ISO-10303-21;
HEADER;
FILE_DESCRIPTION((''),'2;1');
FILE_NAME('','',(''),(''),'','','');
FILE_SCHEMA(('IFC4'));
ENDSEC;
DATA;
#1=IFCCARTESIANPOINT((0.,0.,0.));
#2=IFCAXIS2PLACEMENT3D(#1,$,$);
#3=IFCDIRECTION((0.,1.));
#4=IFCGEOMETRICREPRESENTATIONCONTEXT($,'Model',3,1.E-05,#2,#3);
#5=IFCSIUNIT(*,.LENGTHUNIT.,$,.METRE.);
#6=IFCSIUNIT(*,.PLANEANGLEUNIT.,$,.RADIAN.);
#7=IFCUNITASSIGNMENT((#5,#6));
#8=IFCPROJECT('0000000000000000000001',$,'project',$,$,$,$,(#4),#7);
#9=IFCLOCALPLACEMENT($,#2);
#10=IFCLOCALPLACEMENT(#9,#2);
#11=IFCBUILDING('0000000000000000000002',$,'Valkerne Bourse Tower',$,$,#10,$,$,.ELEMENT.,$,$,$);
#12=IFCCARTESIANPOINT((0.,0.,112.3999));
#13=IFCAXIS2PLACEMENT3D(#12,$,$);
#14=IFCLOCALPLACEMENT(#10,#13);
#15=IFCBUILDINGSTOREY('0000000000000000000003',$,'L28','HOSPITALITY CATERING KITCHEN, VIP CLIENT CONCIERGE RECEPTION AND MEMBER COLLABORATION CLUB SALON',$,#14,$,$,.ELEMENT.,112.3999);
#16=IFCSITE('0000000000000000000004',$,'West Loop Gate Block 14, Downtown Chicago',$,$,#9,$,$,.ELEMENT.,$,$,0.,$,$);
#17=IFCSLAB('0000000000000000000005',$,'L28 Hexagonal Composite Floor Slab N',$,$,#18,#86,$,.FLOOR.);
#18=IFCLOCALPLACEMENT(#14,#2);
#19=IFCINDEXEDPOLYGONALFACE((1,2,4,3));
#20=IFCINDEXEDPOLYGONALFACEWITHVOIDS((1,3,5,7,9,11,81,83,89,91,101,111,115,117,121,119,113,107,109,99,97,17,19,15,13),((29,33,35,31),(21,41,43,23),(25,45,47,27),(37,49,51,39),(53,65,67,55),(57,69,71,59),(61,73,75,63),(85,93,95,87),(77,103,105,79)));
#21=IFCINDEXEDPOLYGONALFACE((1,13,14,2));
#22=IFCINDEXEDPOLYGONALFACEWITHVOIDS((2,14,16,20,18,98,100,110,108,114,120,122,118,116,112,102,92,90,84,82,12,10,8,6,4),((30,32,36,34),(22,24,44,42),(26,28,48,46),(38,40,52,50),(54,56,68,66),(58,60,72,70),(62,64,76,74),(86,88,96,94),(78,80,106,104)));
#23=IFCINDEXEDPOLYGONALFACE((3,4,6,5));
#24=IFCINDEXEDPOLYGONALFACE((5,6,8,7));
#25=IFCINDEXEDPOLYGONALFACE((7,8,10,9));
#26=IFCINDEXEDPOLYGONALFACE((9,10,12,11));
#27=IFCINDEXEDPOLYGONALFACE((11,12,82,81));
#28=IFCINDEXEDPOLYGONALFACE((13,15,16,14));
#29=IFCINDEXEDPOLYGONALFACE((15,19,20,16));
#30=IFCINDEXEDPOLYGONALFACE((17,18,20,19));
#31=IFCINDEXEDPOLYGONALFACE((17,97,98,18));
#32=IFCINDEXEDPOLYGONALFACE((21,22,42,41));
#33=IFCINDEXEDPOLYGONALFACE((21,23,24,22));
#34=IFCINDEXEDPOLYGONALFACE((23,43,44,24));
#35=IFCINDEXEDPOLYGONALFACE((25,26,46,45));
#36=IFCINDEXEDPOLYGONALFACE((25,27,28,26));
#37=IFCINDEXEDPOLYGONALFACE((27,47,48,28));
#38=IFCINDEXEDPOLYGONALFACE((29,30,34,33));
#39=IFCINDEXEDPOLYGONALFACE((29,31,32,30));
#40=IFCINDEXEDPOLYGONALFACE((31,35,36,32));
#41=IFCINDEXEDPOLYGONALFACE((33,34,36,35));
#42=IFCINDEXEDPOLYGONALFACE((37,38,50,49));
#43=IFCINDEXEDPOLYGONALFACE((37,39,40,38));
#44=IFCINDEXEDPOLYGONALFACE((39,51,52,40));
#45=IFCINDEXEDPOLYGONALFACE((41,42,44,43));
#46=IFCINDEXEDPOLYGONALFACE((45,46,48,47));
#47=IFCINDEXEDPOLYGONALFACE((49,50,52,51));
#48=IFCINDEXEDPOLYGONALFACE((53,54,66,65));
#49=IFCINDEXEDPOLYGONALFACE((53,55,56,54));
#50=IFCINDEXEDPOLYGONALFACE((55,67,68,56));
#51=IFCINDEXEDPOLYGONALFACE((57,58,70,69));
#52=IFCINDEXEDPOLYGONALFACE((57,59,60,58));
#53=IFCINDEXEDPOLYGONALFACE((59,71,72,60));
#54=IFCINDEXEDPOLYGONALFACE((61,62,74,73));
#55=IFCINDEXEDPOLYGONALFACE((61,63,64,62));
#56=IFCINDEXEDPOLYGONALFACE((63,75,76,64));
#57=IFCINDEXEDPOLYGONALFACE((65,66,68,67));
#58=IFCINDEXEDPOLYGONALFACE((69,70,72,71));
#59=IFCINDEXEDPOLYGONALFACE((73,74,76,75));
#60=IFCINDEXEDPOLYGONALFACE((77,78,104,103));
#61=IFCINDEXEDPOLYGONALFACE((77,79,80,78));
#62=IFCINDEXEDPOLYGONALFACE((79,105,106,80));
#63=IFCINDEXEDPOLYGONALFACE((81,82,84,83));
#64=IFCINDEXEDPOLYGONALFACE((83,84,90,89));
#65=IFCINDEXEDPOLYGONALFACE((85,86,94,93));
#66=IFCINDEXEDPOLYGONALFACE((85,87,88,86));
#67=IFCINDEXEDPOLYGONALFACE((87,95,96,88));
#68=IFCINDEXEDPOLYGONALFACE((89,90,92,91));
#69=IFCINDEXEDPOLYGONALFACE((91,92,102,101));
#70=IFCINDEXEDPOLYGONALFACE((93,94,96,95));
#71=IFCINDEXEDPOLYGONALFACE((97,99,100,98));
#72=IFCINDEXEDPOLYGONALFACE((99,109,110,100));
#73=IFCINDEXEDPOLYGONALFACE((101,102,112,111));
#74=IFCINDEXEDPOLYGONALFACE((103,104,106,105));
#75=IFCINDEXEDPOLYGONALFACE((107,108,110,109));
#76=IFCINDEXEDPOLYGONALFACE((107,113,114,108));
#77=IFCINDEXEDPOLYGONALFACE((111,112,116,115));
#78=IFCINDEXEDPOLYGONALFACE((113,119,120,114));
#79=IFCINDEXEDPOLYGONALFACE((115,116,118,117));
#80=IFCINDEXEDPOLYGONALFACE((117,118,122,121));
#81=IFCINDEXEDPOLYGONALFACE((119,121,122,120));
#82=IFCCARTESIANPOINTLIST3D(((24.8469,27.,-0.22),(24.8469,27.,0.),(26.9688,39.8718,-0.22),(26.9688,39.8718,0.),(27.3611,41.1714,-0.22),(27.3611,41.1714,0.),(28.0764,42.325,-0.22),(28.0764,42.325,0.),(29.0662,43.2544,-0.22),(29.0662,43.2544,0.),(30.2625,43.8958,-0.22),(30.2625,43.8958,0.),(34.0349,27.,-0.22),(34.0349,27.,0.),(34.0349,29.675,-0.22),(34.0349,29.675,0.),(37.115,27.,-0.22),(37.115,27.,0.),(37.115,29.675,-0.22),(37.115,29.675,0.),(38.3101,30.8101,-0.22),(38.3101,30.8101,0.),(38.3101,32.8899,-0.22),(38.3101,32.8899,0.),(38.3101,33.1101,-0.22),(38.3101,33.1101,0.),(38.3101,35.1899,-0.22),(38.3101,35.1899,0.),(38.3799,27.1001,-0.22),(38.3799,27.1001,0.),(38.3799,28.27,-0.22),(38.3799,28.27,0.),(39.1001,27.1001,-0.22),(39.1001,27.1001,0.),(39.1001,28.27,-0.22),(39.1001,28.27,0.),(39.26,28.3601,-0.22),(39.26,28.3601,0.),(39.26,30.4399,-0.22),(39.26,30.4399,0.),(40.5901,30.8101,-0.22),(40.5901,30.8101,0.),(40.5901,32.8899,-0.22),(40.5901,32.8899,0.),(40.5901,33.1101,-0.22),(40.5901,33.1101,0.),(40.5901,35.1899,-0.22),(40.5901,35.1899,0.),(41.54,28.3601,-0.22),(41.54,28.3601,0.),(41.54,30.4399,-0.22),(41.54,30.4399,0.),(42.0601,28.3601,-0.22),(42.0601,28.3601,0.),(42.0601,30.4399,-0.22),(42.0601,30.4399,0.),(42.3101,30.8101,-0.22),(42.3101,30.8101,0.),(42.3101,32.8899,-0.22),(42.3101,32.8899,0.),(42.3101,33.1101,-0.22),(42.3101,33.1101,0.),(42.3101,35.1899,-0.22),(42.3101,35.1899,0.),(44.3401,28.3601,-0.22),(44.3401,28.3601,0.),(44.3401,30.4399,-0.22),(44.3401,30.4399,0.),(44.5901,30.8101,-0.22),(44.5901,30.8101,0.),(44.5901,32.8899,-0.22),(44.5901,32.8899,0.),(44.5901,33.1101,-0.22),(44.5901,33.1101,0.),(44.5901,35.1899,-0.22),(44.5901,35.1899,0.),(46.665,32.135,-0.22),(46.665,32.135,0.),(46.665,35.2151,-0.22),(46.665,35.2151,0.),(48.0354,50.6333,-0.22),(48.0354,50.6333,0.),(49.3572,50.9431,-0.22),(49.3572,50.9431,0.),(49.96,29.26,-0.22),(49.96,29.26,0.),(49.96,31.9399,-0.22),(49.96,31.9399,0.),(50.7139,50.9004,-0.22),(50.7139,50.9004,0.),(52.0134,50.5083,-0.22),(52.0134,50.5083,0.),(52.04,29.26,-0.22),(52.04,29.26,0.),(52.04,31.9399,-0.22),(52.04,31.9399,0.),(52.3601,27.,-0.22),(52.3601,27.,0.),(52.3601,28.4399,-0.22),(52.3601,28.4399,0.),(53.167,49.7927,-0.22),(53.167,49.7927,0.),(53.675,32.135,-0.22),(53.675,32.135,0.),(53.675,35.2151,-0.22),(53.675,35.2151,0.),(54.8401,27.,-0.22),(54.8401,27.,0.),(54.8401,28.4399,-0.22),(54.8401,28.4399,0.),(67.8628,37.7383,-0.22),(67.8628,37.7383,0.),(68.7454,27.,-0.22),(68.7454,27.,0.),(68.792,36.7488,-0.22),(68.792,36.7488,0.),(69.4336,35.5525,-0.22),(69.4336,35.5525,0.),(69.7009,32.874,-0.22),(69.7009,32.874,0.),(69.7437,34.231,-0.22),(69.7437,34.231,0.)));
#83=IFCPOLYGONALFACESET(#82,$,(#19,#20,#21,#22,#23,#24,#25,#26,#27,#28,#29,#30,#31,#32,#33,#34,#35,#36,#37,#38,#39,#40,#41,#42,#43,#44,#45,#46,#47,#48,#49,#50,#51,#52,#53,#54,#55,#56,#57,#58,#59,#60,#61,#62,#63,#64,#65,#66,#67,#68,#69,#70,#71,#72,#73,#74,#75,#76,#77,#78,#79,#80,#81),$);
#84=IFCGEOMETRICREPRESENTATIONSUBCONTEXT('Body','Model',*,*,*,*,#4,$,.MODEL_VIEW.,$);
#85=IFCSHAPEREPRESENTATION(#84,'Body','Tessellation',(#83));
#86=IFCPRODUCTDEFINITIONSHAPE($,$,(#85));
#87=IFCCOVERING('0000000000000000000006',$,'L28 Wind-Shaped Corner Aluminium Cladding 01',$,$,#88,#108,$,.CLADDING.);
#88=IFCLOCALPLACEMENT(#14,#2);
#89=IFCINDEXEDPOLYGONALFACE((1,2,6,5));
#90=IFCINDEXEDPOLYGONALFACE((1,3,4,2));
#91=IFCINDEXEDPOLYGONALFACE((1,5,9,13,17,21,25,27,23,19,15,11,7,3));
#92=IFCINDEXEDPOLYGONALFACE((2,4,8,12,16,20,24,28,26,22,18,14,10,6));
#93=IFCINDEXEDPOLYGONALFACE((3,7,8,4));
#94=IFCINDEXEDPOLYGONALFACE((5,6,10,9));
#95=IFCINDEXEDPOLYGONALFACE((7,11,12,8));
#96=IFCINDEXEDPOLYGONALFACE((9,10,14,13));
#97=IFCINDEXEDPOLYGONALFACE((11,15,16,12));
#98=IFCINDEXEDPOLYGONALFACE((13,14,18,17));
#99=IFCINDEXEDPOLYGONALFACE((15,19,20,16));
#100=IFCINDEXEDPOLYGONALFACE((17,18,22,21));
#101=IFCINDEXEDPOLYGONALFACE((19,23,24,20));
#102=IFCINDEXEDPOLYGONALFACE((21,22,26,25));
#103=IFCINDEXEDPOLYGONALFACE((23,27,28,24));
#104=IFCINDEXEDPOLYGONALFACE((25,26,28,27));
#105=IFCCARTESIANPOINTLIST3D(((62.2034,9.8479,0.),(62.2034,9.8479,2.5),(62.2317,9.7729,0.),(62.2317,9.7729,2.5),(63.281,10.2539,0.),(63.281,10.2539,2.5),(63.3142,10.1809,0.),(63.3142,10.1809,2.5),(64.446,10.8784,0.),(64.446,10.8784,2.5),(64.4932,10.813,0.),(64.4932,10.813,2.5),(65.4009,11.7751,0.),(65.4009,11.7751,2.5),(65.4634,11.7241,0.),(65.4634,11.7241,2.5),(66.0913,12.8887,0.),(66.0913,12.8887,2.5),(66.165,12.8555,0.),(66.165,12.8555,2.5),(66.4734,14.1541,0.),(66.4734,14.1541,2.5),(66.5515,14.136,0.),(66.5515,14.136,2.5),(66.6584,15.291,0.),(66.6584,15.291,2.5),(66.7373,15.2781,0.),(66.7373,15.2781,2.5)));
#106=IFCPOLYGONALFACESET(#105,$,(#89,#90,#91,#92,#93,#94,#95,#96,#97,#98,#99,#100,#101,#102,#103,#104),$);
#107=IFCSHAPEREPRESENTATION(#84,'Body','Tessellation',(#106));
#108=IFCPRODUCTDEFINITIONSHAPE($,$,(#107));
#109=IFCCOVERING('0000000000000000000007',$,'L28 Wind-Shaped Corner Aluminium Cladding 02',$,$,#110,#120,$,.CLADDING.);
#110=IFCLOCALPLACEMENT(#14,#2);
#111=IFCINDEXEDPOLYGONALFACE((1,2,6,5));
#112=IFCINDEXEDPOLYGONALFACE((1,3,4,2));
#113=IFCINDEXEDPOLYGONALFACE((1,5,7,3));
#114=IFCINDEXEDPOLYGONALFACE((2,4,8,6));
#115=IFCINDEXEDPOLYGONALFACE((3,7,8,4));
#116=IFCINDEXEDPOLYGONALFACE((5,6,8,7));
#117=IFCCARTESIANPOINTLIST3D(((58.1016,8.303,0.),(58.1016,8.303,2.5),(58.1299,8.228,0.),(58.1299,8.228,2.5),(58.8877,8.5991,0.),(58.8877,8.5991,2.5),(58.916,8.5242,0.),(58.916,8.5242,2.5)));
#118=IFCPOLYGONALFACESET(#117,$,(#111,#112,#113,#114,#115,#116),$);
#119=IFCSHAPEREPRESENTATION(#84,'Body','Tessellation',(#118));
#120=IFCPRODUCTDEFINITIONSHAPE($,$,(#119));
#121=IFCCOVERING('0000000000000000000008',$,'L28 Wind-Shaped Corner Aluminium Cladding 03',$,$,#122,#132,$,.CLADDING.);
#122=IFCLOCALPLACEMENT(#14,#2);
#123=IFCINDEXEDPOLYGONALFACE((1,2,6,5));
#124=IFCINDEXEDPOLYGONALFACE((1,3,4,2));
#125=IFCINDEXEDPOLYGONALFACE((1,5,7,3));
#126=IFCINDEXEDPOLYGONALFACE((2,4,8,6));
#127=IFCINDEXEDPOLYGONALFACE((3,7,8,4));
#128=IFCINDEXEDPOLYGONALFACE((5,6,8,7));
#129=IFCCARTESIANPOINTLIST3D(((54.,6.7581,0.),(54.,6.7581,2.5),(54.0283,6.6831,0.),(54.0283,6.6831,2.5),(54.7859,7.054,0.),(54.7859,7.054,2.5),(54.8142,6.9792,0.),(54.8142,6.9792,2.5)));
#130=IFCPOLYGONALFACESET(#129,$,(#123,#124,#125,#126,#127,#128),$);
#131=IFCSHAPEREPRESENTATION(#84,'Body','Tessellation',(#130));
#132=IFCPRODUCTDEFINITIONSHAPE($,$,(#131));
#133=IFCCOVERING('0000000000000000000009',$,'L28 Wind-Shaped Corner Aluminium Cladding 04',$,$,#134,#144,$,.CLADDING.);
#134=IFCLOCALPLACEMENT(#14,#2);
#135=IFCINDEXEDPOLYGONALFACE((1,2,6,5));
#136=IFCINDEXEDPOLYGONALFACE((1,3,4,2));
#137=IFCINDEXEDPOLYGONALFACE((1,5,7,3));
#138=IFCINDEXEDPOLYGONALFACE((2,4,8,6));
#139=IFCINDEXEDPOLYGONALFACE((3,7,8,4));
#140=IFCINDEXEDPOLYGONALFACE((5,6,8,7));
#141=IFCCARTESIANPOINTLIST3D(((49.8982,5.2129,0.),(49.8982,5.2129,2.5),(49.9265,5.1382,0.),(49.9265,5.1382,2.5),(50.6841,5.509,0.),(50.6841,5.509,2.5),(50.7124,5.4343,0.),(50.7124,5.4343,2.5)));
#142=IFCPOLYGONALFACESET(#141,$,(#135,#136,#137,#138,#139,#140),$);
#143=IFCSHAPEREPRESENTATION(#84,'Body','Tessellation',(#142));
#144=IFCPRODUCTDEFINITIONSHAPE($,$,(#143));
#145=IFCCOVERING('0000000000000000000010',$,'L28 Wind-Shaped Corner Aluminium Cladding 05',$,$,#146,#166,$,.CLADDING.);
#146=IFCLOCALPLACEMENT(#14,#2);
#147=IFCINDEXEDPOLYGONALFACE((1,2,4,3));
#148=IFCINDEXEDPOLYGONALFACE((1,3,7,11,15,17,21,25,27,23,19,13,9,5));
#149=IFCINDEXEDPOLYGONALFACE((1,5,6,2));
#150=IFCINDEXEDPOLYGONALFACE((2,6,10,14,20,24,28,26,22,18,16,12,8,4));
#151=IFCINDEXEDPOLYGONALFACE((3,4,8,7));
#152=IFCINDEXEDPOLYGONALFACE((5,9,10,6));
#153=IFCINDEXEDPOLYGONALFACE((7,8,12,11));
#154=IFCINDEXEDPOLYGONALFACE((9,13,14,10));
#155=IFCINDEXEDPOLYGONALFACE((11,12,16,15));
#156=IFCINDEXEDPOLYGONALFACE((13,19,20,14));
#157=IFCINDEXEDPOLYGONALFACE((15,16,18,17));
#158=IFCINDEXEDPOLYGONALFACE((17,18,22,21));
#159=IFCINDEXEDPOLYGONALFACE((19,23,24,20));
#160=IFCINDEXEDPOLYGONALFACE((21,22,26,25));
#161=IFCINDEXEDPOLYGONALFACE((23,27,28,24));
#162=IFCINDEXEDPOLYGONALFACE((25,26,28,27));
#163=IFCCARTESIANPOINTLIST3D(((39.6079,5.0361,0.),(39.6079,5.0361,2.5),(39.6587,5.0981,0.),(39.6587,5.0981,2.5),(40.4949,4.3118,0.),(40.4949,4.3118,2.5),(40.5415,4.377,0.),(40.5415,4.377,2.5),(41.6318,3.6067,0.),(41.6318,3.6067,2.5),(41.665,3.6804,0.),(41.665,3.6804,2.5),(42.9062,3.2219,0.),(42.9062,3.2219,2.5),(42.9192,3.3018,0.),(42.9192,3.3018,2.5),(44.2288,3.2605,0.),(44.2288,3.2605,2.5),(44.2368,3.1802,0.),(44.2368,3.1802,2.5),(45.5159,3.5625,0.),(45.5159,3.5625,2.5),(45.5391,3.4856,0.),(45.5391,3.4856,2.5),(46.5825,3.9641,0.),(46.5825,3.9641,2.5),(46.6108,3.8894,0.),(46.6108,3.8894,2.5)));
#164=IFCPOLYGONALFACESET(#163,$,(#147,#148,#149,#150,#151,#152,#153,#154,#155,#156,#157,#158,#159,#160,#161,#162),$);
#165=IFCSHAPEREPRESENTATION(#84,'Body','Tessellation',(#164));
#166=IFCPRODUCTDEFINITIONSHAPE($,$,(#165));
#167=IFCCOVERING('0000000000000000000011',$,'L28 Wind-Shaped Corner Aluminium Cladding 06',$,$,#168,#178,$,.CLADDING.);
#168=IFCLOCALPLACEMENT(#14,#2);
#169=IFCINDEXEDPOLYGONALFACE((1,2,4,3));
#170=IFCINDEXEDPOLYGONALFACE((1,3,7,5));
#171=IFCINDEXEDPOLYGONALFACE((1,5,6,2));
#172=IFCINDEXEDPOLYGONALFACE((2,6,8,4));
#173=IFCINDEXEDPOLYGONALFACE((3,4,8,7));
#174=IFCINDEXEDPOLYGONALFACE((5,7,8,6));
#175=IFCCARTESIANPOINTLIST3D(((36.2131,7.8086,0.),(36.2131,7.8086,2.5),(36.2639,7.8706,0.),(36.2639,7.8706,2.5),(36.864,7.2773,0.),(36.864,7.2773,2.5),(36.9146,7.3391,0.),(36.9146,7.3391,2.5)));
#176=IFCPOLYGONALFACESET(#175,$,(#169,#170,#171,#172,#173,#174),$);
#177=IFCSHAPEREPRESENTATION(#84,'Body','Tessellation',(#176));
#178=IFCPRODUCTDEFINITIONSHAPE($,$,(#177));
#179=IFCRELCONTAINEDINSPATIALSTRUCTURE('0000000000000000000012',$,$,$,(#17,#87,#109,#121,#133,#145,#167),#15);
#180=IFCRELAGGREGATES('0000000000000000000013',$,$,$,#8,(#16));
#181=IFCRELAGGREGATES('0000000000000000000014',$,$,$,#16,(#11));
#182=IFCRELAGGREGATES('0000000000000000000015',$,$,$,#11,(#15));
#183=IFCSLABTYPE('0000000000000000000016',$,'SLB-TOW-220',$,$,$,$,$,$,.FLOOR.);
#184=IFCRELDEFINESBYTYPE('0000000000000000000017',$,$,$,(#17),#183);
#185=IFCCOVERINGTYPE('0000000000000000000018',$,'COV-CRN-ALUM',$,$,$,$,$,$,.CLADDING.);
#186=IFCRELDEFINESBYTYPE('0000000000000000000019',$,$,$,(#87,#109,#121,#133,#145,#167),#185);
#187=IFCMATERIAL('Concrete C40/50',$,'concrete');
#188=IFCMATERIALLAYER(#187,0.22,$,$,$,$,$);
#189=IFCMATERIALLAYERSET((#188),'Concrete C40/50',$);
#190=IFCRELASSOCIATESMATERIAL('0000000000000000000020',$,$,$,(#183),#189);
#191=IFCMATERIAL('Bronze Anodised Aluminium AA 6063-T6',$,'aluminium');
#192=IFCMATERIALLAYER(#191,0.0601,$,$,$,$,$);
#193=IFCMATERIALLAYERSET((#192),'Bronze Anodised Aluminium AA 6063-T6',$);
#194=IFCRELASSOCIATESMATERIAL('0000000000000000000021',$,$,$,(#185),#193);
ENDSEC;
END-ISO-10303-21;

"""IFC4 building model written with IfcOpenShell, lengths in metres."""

from ifc_helpers import new_model, si_unit, direction, frame, origin, place, context, subcontext, project, spatial, polyline, outline, extrude, material, layer, layer_set, type_object, element, save


model = new_model("IFC4")

# Units and contexts
model_context = context("Model", 3, precision=1e-05, world=origin(), true_north=direction((0.0, 1.0)))
body_context = subcontext(model_context, "Body", "Model", "MODEL_VIEW")
ifc_project = project(units=[si_unit("LENGTHUNIT", "METRE"), si_unit("PLANEANGLEUNIT", "RADIAN")], contexts=[model_context])

# Site, building, storey
site_placement = place(None, origin())
site = spatial("IfcSite", under=ifc_project, at=site_placement, Name="West Loop Gate Block 14, Downtown Chicago", CompositionType="ELEMENT", RefElevation=0.0)
building_placement = place(site_placement, origin())
building = spatial("IfcBuilding", under=site, at=building_placement, Name="Valkerne Bourse Tower", CompositionType="ELEMENT")
storey_placement = place(building_placement, frame((0.0, 0.0, 112.3999)))
storey = spatial("IfcBuildingStorey", under=building, at=storey_placement, Name="L28", Description="HOSPITALITY CATERING KITCHEN, VIP CLIENT CONCIERGE RECEPTION AND MEMBER COLLABORATION CLUB SALON", CompositionType="ELEMENT", Elevation=112.3999)

# Slab
ifc_material_1 = material(Name="Concrete C40/50", Category="concrete")
ifc_layer_1 = layer(ifc_material_1, 0.22)
ifc_layer_set_1 = layer_set([ifc_layer_1], Name="Concrete C40/50")
slab_type_1 = type_object("IfcSlabType", Name="SLB-TOW-220", PredefinedType="FLOOR", material=ifc_layer_set_1)
slab_1_placement = place(storey_placement, frame((0.0, 0.0, -0.22)))
element("IfcSlab", 1, at=slab_1_placement, inside=storey, type_object=slab_type_1, Name="L28 Hexagonal Composite Floor Slab N", PredefinedType="FLOOR", context=body_context, shape_type="SweptSolid", body=[
    extrude(outline(polyline([(26.9688, 39.8718), (27.3611, 41.1714), (28.0764, 42.325), (29.0662, 43.2544), (30.2625, 43.8958), (48.0354, 50.6333), (49.3572, 50.9431), (50.7139, 50.9004), (52.0134, 50.5083), (53.167, 49.7927), (67.8628, 37.7383), (68.792, 36.7488), (69.4336, 35.5525), (69.7437, 34.231), (69.7009, 32.874), (68.7454, 27.0), (54.8401, 27.0), (54.8401, 28.4399), (52.3601, 28.4399), (52.3601, 27.0), (37.115, 27.0), (37.115, 29.675), (34.0349, 29.675), (34.0349, 27.0), (24.8469, 27.0), (26.9688, 39.8718)]), holes=[polyline([(39.1001, 28.27), (38.3799, 28.27), (38.3799, 27.1001), (39.1001, 27.1001), (39.1001, 28.27)]), polyline([(41.54, 30.4399), (39.26, 30.4399), (39.26, 28.3601), (41.54, 28.3601), (41.54, 30.4399)]), polyline([(44.3401, 30.4399), (42.0601, 30.4399), (42.0601, 28.3601), (44.3401, 28.3601), (44.3401, 30.4399)]), polyline([(40.5901, 30.8101), (40.5901, 32.8899), (38.3101, 32.8899), (38.3101, 30.8101), (40.5901, 30.8101)]), polyline([(40.5901, 33.1101), (40.5901, 35.1899), (38.3101, 35.1899), (38.3101, 33.1101), (40.5901, 33.1101)]), polyline([(52.04, 31.9399), (49.96, 31.9399), (49.96, 29.26), (52.04, 29.26), (52.04, 31.9399)]), polyline([(44.5901, 32.8899), (42.3101, 32.8899), (42.3101, 30.8101), (44.5901, 30.8101), (44.5901, 32.8899)]), polyline([(53.675, 32.135), (53.675, 35.2151), (46.665, 35.2151), (46.665, 32.135), (53.675, 32.135)]), polyline([(44.5901, 33.1101), (44.5901, 35.1899), (42.3101, 35.1899), (42.3101, 33.1101), (44.5901, 33.1101)])]), origin(), (0.0, 0.0, 1.0), 0.22),
])

# Coverings
ifc_material_2 = material(Name="Bronze Anodised Aluminium AA 6063-T6", Category="aluminium")
ifc_layer_2 = layer(ifc_material_2, 0.0601)
ifc_layer_set_2 = layer_set([ifc_layer_2], Name="Bronze Anodised Aluminium AA 6063-T6")
covering_type = type_object("IfcCoveringType", Name="COV-CRN-ALUM", PredefinedType="CLADDING", material=ifc_layer_set_2)
covering_1_placement = place(storey_placement, origin())
element("IfcCovering", 2, at=covering_1_placement, inside=storey, type_object=covering_type, Name="L28 Wind-Shaped Corner Aluminium Cladding 01", PredefinedType="CLADDING", context=body_context, shape_type="SweptSolid", body=[
    extrude(outline(polyline([(66.165, 12.8555), (65.4634, 11.7241), (64.4932, 10.813), (63.3142, 10.1809), (62.2317, 9.7729), (62.2034, 9.8479), (63.281, 10.2539), (64.446, 10.8784), (65.4009, 11.7751), (66.0913, 12.8887), (66.4734, 14.1541), (66.6584, 15.291), (66.7373, 15.2781), (66.5515, 14.136), (66.165, 12.8555)])), origin(), (0.0, 0.0, 1.0), 2.5),
])
covering_2_placement = place(storey_placement, origin())
element("IfcCovering", 3, at=covering_2_placement, inside=storey, type_object=covering_type, Name="L28 Wind-Shaped Corner Aluminium Cladding 02", PredefinedType="CLADDING", context=body_context, shape_type="SweptSolid", body=[
    extrude(outline(polyline([(58.1299, 8.228), (58.1016, 8.303), (58.8877, 8.5991), (58.916, 8.5242), (58.1299, 8.228)])), origin(), (0.0, 0.0, 1.0), 2.5),
])
covering_3_placement = place(storey_placement, origin())
element("IfcCovering", 4, at=covering_3_placement, inside=storey, type_object=covering_type, Name="L28 Wind-Shaped Corner Aluminium Cladding 03", PredefinedType="CLADDING", context=body_context, shape_type="SweptSolid", body=[
    extrude(outline(polyline([(54.0283, 6.6831), (54.0, 6.7581), (54.7859, 7.054), (54.8142, 6.9792), (54.0283, 6.6831)])), origin(), (0.0, 0.0, 1.0), 2.5),
])
covering_4_placement = place(storey_placement, origin())
element("IfcCovering", 5, at=covering_4_placement, inside=storey, type_object=covering_type, Name="L28 Wind-Shaped Corner Aluminium Cladding 04", PredefinedType="CLADDING", context=body_context, shape_type="SweptSolid", body=[
    extrude(outline(polyline([(49.9265, 5.1382), (49.8982, 5.2129), (50.6841, 5.509), (50.7124, 5.4343), (49.9265, 5.1382)])), origin(), (0.0, 0.0, 1.0), 2.5),
])
covering_5_placement = place(storey_placement, origin())
element("IfcCovering", 6, at=covering_5_placement, inside=storey, type_object=covering_type, Name="L28 Wind-Shaped Corner Aluminium Cladding 05", PredefinedType="CLADDING", context=body_context, shape_type="SweptSolid", body=[
    extrude(outline(polyline([(45.5391, 3.4856), (44.2368, 3.1802), (42.9062, 3.2219), (41.6318, 3.6067), (40.4949, 4.3118), (39.6079, 5.0361), (39.6587, 5.0981), (40.5415, 4.377), (41.665, 3.6804), (42.9192, 3.3018), (44.2288, 3.2605), (45.5159, 3.5625), (46.5825, 3.9641), (46.6108, 3.8894), (45.5391, 3.4856)])), origin(), (0.0, 0.0, 1.0), 2.5),
])
covering_6_placement = place(storey_placement, origin())
element("IfcCovering", 7, at=covering_6_placement, inside=storey, type_object=covering_type, Name="L28 Wind-Shaped Corner Aluminium Cladding 06", PredefinedType="CLADDING", context=body_context, shape_type="SweptSolid", body=[
    extrude(outline(polyline([(36.2131, 7.8086), (36.2639, 7.8706), (36.9146, 7.3391), (36.864, 7.2773), (36.2131, 7.8086)])), origin(), (0.0, 0.0, 1.0), 2.5),
])

save(model, "model.ifc")
